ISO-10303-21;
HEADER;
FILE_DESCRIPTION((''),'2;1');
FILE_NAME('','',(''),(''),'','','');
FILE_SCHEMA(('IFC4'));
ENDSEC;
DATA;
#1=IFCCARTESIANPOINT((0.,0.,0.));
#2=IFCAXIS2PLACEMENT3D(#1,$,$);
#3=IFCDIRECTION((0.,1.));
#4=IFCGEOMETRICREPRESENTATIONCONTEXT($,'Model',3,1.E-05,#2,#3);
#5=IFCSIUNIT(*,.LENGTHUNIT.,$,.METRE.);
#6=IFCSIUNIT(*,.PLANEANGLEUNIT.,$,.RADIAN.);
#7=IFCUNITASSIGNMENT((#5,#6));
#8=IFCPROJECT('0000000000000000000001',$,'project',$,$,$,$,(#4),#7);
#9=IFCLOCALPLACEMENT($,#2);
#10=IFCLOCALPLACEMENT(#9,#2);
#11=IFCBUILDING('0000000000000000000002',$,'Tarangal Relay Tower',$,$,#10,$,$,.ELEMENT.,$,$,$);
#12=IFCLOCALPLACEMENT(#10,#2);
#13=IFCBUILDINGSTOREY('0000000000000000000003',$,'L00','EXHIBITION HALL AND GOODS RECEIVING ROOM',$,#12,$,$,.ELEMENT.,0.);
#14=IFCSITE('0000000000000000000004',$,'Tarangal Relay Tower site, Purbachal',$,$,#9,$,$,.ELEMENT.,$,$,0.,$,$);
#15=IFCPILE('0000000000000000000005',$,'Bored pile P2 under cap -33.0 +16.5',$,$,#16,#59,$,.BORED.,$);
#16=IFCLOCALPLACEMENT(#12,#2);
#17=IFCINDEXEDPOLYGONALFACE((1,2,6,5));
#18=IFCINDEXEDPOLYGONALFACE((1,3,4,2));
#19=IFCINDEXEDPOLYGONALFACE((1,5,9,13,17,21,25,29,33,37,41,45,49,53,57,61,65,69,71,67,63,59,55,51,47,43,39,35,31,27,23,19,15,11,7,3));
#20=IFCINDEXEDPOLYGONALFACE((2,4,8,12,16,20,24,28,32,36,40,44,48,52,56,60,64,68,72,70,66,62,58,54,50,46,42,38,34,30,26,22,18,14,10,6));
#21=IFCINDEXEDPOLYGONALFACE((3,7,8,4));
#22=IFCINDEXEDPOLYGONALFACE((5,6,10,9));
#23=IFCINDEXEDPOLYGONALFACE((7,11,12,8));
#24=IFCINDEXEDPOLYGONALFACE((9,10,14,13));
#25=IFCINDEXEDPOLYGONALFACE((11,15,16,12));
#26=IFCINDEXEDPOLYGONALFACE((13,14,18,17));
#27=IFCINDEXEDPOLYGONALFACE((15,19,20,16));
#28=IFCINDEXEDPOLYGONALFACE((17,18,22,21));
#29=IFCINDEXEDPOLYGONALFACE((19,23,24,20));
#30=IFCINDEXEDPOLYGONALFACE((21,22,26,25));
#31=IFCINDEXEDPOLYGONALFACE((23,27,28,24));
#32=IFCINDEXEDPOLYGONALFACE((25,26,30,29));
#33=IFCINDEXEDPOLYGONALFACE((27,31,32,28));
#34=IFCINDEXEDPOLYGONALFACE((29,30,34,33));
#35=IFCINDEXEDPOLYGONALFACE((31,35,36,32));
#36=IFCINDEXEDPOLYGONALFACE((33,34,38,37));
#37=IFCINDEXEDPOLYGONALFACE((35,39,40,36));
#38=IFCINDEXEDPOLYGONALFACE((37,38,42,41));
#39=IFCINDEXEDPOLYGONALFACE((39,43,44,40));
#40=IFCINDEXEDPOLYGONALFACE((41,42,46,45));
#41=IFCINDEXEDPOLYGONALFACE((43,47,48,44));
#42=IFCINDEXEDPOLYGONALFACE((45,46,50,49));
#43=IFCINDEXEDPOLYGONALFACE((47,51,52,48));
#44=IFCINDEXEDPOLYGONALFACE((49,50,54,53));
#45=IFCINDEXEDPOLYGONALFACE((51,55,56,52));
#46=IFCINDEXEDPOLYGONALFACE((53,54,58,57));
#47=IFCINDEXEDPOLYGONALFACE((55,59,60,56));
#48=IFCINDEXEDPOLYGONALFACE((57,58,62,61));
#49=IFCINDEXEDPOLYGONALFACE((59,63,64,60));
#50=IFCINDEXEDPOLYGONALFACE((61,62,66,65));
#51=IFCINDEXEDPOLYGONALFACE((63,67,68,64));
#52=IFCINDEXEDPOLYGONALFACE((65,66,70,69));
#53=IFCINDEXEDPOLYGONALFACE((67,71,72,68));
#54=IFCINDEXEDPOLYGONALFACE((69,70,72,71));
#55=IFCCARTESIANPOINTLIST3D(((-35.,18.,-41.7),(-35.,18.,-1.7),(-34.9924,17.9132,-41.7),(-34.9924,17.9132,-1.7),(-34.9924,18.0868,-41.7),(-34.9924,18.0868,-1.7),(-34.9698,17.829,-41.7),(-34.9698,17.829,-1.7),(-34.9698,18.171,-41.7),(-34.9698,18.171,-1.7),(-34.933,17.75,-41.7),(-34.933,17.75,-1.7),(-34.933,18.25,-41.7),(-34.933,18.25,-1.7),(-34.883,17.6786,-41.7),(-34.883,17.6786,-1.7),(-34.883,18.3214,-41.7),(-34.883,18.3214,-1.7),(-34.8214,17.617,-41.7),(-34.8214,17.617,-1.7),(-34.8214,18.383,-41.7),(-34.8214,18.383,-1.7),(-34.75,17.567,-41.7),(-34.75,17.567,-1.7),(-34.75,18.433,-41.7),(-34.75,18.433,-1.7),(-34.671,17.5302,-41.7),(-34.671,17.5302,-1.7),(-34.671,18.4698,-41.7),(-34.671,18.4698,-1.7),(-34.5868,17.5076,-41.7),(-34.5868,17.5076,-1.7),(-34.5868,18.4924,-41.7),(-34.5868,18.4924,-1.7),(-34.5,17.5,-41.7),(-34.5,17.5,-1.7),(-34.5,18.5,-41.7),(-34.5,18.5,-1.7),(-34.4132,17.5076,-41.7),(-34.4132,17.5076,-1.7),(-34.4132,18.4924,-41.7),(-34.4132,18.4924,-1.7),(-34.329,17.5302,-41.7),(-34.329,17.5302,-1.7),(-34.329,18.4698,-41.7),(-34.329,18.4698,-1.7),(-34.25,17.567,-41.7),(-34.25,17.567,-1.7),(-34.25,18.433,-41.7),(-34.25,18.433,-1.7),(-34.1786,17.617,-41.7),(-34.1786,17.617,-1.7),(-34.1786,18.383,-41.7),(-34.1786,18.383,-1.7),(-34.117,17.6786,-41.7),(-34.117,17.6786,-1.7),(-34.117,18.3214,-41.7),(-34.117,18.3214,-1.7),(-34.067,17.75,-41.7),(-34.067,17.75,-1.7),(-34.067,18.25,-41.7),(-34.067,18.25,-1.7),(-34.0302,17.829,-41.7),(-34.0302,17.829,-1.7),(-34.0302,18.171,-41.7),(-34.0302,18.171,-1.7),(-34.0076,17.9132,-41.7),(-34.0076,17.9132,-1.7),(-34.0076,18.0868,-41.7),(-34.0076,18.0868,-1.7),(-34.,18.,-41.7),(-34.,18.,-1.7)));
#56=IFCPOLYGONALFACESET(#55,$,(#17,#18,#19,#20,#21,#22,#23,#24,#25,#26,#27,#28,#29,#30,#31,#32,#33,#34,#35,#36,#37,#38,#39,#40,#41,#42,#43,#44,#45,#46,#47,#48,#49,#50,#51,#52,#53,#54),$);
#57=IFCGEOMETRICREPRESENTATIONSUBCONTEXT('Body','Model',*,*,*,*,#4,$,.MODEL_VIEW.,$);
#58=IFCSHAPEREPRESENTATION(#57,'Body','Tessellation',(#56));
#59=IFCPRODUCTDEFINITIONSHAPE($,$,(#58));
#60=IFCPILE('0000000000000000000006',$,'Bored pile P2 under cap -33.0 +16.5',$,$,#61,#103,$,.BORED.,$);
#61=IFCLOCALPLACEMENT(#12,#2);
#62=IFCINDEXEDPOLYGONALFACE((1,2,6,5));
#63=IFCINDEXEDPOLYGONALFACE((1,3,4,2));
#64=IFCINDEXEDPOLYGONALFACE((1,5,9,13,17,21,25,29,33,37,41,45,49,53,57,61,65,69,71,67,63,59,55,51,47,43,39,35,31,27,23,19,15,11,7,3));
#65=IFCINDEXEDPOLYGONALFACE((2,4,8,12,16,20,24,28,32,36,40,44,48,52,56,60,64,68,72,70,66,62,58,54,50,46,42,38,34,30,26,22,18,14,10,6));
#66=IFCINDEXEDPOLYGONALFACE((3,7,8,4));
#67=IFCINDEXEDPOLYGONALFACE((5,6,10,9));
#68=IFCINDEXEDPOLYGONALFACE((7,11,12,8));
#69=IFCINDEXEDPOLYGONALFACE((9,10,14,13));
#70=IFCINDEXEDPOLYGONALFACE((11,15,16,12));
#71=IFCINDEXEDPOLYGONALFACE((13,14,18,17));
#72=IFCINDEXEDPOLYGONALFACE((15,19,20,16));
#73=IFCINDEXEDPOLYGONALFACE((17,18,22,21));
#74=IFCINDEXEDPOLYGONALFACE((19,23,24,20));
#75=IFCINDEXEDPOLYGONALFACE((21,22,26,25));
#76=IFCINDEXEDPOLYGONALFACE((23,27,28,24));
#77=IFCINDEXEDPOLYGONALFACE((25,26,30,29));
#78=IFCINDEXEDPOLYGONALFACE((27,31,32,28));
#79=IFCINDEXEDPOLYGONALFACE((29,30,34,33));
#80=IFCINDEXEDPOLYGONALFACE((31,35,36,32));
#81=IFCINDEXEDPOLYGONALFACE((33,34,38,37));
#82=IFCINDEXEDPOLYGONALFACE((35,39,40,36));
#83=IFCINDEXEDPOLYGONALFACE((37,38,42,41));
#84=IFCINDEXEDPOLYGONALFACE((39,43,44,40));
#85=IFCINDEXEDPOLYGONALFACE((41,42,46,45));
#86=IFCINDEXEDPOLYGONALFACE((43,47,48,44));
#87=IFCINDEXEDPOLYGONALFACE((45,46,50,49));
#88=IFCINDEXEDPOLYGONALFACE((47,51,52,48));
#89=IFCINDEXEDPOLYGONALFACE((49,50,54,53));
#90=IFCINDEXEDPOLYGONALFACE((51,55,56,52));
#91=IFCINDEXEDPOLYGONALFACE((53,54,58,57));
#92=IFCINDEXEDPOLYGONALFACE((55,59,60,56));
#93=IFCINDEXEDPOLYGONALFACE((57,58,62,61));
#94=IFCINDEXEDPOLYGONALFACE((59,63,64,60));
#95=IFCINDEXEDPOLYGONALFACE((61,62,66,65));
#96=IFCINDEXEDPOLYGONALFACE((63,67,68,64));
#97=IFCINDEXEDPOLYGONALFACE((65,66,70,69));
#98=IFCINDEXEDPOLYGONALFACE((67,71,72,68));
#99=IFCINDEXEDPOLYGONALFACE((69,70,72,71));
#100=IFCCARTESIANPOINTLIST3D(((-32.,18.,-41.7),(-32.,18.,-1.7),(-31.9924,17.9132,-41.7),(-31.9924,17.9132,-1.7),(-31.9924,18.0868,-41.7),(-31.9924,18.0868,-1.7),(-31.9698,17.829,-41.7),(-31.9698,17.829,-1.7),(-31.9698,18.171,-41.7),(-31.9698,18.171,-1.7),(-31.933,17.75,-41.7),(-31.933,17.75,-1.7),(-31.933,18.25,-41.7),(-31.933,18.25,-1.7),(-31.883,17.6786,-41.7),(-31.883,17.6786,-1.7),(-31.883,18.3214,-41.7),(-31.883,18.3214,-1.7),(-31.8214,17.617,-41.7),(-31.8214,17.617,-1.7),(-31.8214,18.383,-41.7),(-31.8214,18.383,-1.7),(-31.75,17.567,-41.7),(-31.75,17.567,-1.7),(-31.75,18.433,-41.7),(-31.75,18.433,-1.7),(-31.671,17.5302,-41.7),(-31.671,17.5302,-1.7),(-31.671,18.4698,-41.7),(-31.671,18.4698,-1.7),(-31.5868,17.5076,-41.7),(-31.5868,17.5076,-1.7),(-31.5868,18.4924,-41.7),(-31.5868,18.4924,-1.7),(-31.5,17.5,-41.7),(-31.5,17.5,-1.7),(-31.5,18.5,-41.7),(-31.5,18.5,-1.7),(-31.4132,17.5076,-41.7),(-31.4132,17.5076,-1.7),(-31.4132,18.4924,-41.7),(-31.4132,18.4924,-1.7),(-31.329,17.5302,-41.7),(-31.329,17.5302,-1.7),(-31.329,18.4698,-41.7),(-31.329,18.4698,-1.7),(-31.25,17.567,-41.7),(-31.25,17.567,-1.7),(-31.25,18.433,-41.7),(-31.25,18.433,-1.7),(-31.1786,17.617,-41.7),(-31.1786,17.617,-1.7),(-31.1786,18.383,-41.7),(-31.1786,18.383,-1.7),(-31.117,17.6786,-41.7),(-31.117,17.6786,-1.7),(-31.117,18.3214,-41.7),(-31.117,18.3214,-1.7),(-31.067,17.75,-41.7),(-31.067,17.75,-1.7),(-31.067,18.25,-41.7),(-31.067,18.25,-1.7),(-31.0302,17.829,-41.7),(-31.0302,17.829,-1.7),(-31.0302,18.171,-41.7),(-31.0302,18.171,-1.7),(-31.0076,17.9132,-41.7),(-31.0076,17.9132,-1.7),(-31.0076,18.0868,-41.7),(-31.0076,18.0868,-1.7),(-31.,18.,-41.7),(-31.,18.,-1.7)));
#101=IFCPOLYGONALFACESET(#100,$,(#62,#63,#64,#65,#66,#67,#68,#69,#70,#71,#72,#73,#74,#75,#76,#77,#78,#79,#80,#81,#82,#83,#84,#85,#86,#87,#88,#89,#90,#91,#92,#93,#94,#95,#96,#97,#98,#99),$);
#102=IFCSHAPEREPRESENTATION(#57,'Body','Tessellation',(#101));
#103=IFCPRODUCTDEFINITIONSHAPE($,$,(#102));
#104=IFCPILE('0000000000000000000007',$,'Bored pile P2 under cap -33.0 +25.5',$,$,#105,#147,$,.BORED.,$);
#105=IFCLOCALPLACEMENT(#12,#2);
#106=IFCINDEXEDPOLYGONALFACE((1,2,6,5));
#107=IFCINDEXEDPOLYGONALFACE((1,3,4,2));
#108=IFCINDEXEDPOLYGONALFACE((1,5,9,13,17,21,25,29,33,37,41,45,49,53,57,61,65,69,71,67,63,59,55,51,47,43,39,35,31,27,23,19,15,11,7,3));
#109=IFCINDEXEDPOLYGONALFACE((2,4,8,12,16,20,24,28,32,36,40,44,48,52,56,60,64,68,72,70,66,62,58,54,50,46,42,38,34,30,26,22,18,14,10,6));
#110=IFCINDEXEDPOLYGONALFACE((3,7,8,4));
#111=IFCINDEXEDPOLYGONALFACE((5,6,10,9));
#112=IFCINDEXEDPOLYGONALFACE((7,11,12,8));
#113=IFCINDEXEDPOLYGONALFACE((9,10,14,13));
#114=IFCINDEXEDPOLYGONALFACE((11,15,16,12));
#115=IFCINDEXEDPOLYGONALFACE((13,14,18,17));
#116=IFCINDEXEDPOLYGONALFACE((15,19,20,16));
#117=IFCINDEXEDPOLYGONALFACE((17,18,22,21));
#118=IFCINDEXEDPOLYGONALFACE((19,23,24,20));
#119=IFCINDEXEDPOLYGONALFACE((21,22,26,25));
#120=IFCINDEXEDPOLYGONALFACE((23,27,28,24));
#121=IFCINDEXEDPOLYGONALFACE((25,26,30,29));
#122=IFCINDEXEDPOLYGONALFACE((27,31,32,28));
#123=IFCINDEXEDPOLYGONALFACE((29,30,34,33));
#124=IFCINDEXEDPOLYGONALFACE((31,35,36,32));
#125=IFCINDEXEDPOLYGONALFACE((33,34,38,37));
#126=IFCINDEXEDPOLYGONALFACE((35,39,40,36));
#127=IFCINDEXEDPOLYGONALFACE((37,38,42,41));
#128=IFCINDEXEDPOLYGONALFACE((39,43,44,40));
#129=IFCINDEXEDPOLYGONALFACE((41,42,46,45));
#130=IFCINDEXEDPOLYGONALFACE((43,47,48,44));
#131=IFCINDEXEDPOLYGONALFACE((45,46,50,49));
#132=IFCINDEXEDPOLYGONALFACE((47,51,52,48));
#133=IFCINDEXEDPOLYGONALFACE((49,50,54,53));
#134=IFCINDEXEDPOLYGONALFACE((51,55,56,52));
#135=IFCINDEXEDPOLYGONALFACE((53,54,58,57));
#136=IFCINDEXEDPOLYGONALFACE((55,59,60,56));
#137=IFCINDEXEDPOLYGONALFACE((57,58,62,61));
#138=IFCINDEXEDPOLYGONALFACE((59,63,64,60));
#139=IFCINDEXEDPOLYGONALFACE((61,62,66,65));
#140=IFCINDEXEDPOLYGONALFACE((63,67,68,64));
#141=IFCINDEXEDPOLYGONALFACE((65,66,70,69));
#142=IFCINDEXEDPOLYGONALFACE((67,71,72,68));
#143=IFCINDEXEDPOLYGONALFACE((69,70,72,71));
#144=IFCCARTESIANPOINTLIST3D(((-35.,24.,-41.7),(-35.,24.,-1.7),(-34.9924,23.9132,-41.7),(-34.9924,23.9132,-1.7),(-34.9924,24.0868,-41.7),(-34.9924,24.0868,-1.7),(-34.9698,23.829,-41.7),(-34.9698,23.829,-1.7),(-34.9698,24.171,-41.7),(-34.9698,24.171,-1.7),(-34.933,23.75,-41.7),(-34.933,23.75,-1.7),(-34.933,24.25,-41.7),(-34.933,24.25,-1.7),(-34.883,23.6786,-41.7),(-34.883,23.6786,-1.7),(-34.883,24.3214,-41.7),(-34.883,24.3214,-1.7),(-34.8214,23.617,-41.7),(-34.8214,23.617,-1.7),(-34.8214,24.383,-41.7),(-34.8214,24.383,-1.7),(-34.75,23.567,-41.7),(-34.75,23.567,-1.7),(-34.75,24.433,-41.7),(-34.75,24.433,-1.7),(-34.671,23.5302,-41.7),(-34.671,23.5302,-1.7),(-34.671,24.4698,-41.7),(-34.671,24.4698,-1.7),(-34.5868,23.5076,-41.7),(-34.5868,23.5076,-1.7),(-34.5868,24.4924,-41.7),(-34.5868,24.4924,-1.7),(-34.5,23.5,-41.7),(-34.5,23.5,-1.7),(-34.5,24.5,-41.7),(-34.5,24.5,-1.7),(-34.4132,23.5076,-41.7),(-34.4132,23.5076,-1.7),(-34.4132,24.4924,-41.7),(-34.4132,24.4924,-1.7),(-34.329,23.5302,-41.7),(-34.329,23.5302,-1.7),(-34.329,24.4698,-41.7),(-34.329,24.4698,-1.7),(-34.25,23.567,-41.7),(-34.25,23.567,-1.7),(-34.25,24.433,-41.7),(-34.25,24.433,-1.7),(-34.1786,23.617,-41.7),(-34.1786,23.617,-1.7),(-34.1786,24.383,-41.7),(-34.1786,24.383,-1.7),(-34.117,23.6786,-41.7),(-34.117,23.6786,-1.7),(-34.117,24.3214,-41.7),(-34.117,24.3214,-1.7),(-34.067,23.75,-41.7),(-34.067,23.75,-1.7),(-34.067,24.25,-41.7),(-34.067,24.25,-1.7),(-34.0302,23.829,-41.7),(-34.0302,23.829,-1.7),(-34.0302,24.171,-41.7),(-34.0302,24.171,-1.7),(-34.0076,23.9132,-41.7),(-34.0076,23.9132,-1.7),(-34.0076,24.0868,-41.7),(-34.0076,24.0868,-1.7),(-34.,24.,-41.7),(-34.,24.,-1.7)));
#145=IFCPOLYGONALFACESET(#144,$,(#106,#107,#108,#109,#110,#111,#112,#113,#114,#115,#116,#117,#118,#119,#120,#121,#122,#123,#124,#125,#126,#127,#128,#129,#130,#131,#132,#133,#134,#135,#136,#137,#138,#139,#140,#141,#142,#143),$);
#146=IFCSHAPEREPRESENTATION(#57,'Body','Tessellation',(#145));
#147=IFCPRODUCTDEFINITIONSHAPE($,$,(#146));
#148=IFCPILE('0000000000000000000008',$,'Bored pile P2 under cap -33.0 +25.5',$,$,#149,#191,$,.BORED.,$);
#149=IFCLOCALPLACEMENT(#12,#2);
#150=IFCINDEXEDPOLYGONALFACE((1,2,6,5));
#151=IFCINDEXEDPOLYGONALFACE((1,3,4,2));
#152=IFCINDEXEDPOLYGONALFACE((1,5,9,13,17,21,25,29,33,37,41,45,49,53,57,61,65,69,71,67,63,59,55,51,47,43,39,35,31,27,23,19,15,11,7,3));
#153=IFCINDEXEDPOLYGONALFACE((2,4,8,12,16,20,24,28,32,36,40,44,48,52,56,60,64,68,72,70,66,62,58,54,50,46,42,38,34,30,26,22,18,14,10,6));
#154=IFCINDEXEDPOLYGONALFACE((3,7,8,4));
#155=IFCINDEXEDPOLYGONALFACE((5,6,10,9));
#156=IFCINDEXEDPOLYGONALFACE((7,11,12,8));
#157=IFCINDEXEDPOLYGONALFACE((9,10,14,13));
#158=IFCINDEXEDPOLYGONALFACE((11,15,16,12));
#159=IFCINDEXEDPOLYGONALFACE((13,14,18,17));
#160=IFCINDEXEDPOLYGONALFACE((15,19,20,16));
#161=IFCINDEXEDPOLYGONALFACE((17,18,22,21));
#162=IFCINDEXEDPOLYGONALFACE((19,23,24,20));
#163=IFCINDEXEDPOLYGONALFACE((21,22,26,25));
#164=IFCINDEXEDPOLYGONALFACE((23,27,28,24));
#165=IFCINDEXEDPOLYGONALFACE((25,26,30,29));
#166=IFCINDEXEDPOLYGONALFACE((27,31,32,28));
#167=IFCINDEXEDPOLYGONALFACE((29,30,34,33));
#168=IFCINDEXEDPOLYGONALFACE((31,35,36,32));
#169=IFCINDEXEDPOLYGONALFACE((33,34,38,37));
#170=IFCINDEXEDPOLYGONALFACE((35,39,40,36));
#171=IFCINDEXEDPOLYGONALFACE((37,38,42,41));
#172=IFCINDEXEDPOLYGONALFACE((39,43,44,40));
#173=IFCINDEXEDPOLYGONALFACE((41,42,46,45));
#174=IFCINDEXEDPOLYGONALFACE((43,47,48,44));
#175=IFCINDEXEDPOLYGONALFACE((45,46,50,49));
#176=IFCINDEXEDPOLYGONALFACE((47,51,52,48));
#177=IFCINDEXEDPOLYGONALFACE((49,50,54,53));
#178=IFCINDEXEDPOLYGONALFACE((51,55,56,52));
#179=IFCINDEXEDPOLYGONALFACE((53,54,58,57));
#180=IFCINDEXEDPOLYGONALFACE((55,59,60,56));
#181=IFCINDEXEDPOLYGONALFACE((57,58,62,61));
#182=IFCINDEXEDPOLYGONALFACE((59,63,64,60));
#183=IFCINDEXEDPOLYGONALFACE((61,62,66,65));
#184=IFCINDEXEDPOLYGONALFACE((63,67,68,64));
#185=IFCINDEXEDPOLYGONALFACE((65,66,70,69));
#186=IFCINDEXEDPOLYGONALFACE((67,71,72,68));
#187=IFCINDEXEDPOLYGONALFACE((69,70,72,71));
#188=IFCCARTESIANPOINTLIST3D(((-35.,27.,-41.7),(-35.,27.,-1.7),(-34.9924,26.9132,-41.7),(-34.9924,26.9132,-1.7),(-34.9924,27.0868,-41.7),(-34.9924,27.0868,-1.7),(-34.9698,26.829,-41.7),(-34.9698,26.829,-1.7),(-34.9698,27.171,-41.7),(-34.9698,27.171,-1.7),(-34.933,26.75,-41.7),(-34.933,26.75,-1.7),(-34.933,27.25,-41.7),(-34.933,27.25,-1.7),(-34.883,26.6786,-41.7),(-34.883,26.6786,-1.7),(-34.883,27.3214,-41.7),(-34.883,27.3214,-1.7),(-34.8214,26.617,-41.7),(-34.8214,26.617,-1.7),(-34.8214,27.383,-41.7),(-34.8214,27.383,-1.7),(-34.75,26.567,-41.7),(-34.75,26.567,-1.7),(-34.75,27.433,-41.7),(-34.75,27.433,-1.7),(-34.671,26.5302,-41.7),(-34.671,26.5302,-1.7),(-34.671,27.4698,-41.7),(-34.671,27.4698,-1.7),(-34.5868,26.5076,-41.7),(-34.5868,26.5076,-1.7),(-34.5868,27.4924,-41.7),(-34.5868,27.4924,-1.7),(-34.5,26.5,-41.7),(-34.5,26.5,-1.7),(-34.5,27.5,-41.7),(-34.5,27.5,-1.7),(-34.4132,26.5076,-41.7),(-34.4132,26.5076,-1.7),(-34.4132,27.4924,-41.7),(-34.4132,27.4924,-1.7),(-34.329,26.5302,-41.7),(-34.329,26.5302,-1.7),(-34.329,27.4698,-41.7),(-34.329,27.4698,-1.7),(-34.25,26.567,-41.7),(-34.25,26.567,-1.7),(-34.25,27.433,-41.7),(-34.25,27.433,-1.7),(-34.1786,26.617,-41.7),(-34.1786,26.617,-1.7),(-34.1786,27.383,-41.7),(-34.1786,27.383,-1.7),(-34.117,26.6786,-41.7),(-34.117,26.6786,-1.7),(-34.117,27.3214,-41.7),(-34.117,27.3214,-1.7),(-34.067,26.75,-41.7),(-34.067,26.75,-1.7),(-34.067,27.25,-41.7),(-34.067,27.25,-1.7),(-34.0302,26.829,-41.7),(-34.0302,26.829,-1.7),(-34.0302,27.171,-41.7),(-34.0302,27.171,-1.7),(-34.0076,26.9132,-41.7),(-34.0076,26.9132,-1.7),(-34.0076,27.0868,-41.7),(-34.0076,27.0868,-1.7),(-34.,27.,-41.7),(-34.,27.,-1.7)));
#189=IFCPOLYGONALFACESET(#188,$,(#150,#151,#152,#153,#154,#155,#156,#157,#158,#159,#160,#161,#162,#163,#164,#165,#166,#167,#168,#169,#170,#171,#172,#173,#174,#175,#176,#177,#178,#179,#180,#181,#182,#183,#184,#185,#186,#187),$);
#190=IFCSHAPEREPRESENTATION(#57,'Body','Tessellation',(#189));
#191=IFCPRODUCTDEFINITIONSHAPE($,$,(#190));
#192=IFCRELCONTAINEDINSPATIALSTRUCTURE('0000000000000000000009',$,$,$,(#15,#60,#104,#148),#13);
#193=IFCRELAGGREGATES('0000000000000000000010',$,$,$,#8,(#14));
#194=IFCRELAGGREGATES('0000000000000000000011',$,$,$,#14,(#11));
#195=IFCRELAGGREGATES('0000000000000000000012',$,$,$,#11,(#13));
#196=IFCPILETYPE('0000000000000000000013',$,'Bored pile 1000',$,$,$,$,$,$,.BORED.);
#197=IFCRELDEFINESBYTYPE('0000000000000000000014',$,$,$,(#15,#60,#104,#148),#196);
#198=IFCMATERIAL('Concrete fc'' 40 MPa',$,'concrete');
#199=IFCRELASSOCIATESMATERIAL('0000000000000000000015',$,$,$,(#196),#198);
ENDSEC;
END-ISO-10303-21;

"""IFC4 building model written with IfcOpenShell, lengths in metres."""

from ifc_helpers import new_model, si_unit, direction, frame, origin, origin_2d, place, context, subcontext, project, spatial, circle, extrude, material, material_profile, profile_set, type_object, element, save


model = new_model("IFC4")

# Units and contexts
model_context = context("Model", 3, precision=1e-05, world=origin(), true_north=direction((0.0, 1.0)))
body_context = subcontext(model_context, "Body", "Model", "MODEL_VIEW")
ifc_project = project(units=[si_unit("LENGTHUNIT", "METRE"), si_unit("PLANEANGLEUNIT", "RADIAN")], contexts=[model_context])

# Site, building, storey
site_placement = place(None, origin())
site = spatial("IfcSite", under=ifc_project, at=site_placement, Name="Tarangal Relay Tower site, Purbachal", CompositionType="ELEMENT", RefElevation=0.0)
building_placement = place(site_placement, origin())
building = spatial("IfcBuilding", under=site, at=building_placement, Name="Tarangal Relay Tower", CompositionType="ELEMENT")
storey_placement = place(building_placement, origin())
storey = spatial("IfcBuildingStorey", under=building, at=storey_placement, Name="L00", Description="EXHIBITION HALL AND GOODS RECEIVING ROOM", CompositionType="ELEMENT", Elevation=0.0)

# Piles
ifc_material_1 = material(Name="Concrete fc' 40 MPa", Category="concrete")
ifc_material_profile_1 = material_profile(ifc_material_1, circle(Radius=0.5, at=origin_2d()), Name="D1000")
ifc_profile_set_1 = profile_set([ifc_material_profile_1], Name="Concrete fc' 40 MPa")
pile_type = type_object("IfcPileType", Name="Bored pile 1000", PredefinedType="BORED", material=ifc_profile_set_1)
for number, where, z_axis, x_axis, name in (
    (1, (-34.5, 18.0, -1.7), (0.0, 0.0, -1.0), (1.0, 0.0, 0.0), "Bored pile P2 under cap -33.0 +16.5"),
    (2, (-31.5, 18.0, -1.7), (0.0, 0.0, -1.0), (1.0, 0.0, 0.0), "Bored pile P2 under cap -33.0 +16.5"),
    (3, (-34.5, 24.0, -1.7), (0.0, 0.0, -1.0), (1.0, 0.0, 0.0), "Bored pile P2 under cap -33.0 +25.5"),
    (4, (-34.5, 27.0, -1.7), (0.0, 0.0, -1.0), (1.0, 0.0, 0.0), "Bored pile P2 under cap -33.0 +25.5"),
):
    element("IfcPile", number, at=place(storey_placement, frame(where, z_axis=z_axis, x_axis=x_axis)), inside=storey, type_object=pile_type, Name=name, PredefinedType="BORED", context=body_context, shape_type="SweptSolid", body=[
        extrude(circle(Radius=0.5, at=origin_2d()), origin(), (0.0, 0.0, 1.0), 40.0),
    ])

save(model, "model.ifc")
